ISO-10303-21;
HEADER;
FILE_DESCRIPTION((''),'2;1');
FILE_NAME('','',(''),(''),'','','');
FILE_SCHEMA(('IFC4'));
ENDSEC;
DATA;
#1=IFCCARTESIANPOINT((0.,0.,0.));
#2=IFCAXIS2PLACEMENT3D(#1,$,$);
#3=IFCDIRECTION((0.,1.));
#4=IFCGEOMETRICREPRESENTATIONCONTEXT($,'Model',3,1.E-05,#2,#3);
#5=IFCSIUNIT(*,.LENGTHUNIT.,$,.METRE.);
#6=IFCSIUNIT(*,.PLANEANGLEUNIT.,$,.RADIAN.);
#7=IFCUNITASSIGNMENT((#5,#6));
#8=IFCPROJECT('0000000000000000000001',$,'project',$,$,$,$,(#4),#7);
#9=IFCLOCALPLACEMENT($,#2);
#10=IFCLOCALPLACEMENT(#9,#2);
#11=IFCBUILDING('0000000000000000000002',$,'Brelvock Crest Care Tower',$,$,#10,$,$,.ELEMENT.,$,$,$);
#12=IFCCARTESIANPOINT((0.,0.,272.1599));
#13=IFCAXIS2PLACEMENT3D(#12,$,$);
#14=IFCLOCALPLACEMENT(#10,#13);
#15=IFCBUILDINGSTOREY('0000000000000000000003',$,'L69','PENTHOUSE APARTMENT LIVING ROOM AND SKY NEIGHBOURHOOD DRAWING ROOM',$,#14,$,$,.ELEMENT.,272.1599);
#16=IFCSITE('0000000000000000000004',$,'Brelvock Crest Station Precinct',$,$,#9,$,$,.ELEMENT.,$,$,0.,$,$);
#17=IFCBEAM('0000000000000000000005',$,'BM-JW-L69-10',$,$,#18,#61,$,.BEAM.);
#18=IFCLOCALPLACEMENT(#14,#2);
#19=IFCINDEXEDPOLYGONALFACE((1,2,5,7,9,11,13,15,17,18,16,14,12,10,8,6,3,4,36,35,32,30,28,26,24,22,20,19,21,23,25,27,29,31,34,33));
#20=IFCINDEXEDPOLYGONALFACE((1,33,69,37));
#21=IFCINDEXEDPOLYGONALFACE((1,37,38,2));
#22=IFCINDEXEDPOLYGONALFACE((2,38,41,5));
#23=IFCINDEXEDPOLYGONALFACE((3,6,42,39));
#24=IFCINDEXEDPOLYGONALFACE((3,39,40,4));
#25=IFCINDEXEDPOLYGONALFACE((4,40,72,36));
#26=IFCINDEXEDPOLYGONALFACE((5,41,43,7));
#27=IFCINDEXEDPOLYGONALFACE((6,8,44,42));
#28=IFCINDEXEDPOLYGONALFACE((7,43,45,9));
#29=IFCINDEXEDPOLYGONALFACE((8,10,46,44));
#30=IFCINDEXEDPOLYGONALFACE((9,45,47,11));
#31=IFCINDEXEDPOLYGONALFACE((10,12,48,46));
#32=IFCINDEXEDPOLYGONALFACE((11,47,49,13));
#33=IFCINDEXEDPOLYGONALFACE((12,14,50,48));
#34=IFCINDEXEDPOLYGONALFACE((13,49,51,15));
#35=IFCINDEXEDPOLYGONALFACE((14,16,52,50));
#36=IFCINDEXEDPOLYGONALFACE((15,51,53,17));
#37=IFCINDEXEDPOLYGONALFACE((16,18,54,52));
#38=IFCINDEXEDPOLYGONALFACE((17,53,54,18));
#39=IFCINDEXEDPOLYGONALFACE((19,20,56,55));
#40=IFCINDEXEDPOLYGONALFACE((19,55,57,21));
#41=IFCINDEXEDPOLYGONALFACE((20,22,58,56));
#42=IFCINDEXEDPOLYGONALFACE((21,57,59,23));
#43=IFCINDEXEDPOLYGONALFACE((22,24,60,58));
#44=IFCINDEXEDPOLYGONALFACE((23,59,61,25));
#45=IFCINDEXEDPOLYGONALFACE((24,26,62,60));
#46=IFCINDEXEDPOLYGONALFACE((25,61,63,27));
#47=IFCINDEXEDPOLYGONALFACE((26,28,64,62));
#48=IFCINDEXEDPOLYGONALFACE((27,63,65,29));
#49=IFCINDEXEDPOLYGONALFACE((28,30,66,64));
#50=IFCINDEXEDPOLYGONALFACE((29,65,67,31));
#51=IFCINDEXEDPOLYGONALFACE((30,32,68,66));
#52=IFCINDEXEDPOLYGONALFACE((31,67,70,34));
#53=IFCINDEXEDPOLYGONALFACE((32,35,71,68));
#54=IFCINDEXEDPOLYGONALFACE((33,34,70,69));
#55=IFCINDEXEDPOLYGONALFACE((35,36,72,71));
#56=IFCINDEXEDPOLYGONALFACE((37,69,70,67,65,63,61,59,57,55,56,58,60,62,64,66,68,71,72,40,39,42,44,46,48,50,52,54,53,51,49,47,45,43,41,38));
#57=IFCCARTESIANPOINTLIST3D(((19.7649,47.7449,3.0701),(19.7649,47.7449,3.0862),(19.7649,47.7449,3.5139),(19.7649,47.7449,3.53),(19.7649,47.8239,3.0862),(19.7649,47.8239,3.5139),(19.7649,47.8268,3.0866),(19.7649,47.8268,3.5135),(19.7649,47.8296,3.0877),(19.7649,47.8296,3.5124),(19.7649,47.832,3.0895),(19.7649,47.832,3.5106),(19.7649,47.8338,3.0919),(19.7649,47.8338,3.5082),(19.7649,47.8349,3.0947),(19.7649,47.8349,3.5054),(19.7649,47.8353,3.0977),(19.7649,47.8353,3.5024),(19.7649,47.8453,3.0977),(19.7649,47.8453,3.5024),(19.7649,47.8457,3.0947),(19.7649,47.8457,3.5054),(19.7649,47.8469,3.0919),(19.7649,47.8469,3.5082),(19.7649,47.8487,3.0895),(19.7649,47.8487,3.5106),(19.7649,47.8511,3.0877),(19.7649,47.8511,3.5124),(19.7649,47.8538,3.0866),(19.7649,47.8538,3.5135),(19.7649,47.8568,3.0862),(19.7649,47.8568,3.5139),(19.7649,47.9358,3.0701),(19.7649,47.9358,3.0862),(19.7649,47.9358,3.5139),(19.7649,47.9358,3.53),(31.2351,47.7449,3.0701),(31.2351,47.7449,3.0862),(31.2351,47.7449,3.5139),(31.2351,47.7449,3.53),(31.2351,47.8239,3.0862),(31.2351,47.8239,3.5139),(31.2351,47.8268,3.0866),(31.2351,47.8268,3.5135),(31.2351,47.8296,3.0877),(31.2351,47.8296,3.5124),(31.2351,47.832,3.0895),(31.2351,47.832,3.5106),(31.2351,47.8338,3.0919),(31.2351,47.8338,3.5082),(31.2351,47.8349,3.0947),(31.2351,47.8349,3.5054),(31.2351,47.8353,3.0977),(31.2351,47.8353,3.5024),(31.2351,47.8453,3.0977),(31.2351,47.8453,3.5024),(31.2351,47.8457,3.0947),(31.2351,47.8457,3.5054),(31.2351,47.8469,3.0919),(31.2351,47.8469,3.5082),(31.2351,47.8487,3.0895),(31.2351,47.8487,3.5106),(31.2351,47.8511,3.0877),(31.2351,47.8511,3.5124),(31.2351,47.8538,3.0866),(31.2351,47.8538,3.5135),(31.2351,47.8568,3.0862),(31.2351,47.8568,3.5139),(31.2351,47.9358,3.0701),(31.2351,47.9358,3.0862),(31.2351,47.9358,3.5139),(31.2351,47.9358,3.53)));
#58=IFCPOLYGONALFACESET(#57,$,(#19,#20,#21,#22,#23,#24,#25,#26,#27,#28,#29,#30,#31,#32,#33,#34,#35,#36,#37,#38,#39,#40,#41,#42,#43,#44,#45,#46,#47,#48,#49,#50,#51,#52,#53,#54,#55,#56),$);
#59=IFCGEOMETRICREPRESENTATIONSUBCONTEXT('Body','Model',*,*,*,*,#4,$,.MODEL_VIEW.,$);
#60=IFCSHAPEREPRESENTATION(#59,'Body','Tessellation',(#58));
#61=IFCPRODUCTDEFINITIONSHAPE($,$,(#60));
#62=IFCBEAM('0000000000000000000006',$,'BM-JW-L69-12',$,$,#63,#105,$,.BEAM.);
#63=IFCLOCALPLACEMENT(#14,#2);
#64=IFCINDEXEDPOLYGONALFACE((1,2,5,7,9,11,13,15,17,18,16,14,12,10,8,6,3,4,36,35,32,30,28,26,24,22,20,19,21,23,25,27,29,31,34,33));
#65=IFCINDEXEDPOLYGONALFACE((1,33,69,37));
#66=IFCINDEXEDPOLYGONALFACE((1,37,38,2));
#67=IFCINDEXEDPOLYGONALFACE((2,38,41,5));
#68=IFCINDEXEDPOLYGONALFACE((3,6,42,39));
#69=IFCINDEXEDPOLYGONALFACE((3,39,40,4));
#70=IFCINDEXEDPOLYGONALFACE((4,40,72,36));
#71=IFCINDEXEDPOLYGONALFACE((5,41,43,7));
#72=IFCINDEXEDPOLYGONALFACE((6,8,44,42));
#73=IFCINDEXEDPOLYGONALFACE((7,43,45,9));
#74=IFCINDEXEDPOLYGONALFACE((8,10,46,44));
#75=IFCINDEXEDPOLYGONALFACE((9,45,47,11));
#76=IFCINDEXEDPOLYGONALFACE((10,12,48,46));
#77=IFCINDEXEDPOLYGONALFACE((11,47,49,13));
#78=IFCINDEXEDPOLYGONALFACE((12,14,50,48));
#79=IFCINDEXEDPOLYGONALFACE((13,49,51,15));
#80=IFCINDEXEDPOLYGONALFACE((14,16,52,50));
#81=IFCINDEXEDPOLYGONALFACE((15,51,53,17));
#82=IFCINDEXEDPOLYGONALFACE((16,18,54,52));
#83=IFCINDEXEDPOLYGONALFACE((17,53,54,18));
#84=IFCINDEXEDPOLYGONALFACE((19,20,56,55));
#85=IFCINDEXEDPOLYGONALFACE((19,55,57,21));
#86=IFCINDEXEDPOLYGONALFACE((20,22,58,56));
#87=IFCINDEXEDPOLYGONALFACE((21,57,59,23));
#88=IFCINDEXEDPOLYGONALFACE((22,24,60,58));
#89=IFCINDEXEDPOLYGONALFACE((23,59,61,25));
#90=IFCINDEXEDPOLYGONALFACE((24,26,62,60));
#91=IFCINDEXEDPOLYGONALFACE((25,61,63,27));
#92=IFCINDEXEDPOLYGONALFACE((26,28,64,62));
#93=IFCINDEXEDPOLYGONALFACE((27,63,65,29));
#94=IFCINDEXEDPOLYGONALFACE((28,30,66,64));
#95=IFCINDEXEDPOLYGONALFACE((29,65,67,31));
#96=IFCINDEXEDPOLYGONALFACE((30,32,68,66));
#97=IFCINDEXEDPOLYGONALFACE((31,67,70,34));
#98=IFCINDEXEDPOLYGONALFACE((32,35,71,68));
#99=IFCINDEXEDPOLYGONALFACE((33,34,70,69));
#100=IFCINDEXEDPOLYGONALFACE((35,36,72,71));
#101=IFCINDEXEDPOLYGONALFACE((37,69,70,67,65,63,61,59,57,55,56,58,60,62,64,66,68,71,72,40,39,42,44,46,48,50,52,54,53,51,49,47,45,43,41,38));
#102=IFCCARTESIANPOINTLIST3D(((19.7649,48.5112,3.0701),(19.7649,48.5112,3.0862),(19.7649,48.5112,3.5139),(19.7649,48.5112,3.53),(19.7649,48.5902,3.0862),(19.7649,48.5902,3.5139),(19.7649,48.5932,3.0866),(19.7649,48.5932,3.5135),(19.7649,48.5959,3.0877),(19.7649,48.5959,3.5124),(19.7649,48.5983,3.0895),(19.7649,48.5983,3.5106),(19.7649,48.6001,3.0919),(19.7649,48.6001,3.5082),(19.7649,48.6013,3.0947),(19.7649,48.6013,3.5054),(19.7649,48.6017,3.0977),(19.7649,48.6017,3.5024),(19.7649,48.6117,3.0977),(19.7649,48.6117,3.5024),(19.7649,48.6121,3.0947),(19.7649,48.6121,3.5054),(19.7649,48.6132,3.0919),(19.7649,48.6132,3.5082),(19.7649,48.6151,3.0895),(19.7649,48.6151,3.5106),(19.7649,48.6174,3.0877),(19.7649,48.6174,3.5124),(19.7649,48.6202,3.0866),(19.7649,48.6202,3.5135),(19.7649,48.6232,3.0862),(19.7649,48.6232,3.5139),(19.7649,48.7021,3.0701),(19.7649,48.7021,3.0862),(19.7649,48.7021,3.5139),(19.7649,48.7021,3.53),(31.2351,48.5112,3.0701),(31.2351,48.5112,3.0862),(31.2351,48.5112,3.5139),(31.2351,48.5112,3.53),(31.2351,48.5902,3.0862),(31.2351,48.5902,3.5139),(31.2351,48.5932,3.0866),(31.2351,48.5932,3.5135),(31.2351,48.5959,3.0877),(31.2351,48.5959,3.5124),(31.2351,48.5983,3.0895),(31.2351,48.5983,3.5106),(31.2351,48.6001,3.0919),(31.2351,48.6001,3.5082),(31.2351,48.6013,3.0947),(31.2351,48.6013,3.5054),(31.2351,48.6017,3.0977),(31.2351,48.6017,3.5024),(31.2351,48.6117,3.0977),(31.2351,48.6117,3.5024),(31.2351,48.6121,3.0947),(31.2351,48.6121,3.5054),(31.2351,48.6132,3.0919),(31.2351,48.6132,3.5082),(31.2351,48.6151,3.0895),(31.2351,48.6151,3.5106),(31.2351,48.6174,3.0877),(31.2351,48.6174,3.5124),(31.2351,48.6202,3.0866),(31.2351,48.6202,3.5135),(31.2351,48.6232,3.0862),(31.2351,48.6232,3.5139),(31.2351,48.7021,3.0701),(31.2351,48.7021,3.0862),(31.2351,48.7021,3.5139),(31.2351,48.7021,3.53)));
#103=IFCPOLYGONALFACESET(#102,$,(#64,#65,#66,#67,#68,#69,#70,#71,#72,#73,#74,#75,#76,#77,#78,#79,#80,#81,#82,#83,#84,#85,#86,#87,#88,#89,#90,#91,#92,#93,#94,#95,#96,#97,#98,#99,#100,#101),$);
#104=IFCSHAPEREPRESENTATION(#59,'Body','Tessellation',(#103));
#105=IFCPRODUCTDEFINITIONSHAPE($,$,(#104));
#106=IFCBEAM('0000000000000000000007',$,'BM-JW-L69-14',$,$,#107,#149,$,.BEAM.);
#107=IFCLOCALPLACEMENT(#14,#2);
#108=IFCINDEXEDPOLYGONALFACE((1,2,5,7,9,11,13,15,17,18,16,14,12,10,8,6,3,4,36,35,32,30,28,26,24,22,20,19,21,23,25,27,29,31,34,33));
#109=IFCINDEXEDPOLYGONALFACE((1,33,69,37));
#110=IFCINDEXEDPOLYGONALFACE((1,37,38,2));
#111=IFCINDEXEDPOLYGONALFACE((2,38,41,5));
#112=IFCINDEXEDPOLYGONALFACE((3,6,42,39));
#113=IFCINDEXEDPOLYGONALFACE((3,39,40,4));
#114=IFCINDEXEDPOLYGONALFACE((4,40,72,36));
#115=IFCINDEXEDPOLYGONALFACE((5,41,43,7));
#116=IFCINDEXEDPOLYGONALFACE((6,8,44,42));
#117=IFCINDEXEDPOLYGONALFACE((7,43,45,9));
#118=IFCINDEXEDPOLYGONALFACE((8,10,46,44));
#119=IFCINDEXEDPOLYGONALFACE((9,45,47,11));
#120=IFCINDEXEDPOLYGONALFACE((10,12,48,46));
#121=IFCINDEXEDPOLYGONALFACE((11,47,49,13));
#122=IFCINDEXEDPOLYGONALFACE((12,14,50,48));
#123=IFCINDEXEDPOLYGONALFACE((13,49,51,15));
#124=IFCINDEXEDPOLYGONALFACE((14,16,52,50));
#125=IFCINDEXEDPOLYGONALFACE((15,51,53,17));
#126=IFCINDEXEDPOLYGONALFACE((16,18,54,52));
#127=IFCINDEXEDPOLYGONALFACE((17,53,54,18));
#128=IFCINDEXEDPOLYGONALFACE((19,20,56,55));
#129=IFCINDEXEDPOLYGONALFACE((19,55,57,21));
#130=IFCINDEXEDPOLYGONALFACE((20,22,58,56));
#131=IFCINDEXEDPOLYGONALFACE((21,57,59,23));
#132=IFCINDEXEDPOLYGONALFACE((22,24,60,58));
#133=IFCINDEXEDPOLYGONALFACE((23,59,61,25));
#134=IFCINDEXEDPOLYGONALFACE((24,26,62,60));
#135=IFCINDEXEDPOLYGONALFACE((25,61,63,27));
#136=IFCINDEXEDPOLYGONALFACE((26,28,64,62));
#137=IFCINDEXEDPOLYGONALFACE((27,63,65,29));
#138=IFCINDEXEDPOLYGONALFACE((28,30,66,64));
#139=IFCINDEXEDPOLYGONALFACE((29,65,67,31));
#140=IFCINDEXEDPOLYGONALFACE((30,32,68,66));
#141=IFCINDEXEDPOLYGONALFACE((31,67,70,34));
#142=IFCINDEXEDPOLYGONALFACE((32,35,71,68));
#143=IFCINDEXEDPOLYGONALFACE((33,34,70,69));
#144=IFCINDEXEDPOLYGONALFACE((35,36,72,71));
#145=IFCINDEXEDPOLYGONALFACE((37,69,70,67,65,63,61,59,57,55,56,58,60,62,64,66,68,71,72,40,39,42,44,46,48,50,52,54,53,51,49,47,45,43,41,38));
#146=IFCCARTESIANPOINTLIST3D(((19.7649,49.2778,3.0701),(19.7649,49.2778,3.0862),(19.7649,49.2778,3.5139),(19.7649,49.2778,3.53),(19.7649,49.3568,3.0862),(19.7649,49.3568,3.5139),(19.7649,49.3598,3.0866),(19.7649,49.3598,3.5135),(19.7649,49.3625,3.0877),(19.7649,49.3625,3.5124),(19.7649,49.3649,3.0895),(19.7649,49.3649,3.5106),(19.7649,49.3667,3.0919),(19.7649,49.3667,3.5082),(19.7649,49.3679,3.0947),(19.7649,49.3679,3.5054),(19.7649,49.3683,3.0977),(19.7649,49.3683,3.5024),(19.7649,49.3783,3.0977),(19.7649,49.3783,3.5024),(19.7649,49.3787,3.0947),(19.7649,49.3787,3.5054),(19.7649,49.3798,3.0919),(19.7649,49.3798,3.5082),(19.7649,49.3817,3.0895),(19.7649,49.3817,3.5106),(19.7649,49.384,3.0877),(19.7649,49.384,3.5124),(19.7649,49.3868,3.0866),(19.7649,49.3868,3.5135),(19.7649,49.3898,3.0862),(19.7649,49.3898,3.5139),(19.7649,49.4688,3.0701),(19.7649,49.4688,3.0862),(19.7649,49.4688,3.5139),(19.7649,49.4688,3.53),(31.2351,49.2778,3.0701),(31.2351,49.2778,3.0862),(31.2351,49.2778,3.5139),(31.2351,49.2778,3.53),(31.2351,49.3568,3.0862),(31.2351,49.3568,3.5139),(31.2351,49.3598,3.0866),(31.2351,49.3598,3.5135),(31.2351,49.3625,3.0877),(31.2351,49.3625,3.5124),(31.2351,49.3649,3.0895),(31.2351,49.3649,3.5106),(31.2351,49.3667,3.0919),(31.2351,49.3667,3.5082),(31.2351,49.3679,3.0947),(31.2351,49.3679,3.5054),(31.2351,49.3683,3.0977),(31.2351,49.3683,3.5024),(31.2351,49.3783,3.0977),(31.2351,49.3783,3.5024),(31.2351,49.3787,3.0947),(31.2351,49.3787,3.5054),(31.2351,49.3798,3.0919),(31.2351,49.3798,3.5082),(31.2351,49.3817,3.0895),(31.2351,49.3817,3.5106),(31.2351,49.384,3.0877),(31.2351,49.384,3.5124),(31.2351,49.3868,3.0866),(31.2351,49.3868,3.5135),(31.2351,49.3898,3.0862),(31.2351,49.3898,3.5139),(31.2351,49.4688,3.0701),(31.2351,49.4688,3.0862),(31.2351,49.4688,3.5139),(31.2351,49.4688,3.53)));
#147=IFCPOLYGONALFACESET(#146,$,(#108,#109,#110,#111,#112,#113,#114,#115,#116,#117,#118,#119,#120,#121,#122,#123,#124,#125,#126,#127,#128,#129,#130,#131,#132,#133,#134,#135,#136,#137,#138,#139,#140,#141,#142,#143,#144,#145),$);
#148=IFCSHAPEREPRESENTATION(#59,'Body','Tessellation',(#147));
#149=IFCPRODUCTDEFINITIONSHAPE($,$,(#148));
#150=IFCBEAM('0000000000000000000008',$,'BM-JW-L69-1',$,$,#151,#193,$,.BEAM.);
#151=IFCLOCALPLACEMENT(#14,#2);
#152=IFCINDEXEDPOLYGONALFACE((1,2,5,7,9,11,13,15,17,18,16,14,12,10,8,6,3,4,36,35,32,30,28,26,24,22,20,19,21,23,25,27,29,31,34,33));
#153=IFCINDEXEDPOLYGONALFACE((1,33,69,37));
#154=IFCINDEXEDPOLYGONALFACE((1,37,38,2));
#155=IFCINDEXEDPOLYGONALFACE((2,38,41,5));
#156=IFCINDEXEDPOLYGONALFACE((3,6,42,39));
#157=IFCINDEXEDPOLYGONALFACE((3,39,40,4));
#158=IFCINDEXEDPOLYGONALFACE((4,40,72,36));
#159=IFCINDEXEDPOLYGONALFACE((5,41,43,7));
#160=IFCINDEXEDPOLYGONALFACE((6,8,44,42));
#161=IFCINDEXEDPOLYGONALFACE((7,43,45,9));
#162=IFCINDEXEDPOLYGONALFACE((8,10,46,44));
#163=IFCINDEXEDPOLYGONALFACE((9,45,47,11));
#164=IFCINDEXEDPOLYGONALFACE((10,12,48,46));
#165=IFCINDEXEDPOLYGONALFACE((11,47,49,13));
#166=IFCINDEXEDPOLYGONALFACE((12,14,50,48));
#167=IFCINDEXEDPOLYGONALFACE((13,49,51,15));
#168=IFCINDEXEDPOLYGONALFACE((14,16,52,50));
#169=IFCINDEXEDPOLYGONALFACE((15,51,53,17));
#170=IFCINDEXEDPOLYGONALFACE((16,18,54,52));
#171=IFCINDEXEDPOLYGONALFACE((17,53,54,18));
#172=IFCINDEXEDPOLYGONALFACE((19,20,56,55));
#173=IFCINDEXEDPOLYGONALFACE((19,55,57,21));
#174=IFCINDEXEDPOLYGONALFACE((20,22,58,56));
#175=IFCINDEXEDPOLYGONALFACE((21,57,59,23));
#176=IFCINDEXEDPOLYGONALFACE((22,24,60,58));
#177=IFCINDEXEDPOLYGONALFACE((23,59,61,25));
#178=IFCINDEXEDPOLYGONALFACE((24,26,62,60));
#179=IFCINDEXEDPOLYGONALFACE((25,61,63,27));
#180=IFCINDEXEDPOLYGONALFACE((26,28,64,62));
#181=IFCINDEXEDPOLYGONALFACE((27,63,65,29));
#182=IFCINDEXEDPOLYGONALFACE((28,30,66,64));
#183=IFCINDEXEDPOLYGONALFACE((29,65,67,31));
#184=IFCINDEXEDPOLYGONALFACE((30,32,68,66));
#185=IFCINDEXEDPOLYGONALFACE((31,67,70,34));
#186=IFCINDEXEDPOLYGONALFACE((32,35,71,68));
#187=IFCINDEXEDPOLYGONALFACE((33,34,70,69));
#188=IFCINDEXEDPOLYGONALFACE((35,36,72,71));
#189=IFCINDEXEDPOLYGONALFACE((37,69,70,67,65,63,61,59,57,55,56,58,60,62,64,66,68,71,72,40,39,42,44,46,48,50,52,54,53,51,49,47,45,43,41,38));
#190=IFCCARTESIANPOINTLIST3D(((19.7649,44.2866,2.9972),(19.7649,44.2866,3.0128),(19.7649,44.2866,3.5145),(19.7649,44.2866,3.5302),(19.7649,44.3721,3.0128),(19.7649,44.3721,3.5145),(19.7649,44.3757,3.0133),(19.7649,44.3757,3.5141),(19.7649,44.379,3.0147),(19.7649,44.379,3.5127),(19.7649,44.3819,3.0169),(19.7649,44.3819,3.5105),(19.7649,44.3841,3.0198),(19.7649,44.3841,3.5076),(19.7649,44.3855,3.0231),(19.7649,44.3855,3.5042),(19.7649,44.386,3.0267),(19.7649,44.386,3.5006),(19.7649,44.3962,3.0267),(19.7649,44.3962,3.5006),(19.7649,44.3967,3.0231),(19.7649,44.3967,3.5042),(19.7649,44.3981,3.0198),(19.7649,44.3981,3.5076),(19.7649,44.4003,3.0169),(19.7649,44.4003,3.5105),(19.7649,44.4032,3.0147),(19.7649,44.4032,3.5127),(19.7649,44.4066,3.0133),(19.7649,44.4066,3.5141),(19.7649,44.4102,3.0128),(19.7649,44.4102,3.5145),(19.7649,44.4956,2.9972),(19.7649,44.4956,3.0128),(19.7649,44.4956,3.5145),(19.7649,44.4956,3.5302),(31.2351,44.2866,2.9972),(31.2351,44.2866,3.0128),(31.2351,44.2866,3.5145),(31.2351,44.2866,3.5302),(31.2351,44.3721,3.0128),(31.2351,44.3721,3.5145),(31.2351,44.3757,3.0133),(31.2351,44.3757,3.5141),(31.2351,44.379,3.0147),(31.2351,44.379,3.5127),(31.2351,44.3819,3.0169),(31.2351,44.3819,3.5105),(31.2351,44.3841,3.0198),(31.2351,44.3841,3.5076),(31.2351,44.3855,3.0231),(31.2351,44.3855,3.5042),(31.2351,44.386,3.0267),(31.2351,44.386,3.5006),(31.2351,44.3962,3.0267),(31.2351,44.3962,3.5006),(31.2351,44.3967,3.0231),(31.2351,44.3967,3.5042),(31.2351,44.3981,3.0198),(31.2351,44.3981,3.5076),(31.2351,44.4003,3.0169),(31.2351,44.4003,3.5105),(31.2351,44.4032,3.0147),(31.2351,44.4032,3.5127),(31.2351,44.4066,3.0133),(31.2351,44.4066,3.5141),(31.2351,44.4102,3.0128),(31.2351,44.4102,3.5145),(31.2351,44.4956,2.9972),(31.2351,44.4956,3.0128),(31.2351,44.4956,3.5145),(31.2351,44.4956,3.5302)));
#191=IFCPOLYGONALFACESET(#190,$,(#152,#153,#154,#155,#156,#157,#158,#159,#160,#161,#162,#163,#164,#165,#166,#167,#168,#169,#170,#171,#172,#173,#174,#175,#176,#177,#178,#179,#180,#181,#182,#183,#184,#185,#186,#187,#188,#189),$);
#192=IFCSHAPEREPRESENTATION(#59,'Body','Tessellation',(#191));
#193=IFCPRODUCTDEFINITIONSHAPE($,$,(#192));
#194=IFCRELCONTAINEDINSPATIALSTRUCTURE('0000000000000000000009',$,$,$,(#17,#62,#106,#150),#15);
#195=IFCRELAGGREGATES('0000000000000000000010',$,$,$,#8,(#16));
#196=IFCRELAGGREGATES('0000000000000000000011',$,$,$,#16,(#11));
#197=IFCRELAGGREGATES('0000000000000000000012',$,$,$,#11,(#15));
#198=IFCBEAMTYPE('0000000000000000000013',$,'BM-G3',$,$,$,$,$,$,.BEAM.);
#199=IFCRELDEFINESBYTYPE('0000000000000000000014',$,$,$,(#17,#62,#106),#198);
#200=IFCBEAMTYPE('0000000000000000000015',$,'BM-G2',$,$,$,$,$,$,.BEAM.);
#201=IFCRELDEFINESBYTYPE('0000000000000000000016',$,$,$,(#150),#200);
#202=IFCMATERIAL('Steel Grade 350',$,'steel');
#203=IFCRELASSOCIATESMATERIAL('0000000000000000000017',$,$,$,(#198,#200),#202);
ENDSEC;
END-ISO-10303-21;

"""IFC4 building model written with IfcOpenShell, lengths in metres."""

from ifc_helpers import new_model, si_unit, direction, frame, origin, origin_2d, place, context, subcontext, project, spatial, i_section, extrude, source, transform, mapped, material, material_profile, profile_set, type_object, element, save


model = new_model("IFC4")

# Units and contexts
model_context = context("Model", 3, precision=1e-05, world=origin(), true_north=direction((0.0, 1.0)))
body_context = subcontext(model_context, "Body", "Model", "MODEL_VIEW")
ifc_project = project(units=[si_unit("LENGTHUNIT", "METRE"), si_unit("PLANEANGLEUNIT", "RADIAN")], contexts=[model_context])

# Site, building, storey
site_placement = place(None, origin())
site = spatial("IfcSite", under=ifc_project, at=site_placement, Name="Brelvock Crest Station Precinct", CompositionType="ELEMENT", RefElevation=0.0)
building_placement = place(site_placement, origin())
building = spatial("IfcBuilding", under=site, at=building_placement, Name="Brelvock Crest Care Tower", CompositionType="ELEMENT")
storey_placement = place(building_placement, frame((0.0, 0.0, 272.1599)))
storey = spatial("IfcBuildingStorey", under=building, at=storey_placement, Name="L69", Description="PENTHOUSE APARTMENT LIVING ROOM AND SKY NEIGHBOURHOOD DRAWING ROOM", CompositionType="ELEMENT", Elevation=272.1599)

# Beams
ifc_material_1 = material(Name="Steel Grade 350", Category="steel")
ifc_material_profile_1 = material_profile(ifc_material_1, i_section(OverallWidth=0.1909, OverallDepth=0.46, WebThickness=0.01, FlangeThickness=0.0161, FilletRadius=0.0115, at=origin_2d()), Name="460UB82.1")
ifc_profile_set_1 = profile_set([ifc_material_profile_1], Name="Steel Grade 350")
beam_type_1 = type_object("IfcBeamType", Name="BM-G3", PredefinedType="BEAM", material=ifc_profile_set_1)
shared_shape_1 = source(origin(), body_context, "Body", "SweptSolid", [
    extrude(i_section(OverallWidth=0.1909, OverallDepth=0.46, WebThickness=0.01, FlangeThickness=0.0161, FilletRadius=0.0115, at=origin_2d()), origin(), (0.0, 0.0, 1.0), 11.4702),
])
for number, where, z_axis, x_axis, name in (
    (1, (19.7649, 47.8403, 3.3), (1.0, 0.0, 0.0), (0.0, 1.0, 0.0), "BM-JW-L69-10"),
    (2, (19.7649, 48.6067, 3.3), (1.0, 0.0, 0.0), (0.0, 1.0, 0.0), "BM-JW-L69-12"),
    (3, (19.7649, 49.3733, 3.3), (1.0, 0.0, 0.0), (0.0, 1.0, 0.0), "BM-JW-L69-14"),
):
    element("IfcBeam", number, at=place(storey_placement, frame(where, z_axis=z_axis, x_axis=x_axis)), inside=storey, type_object=beam_type_1, Name=name, PredefinedType="BEAM", context=body_context, shape_type="MappedRepresentation", body=[
        mapped(shared_shape_1, transform((0.0, 0.0, 0.0), x_axis=(1.0, 0.0, 0.0), y_axis=(0.0, 1.0, 0.0), z_axis=(0.0, 0.0, 1.0), scale=1.0)),
    ])
ifc_material_profile_2 = material_profile(ifc_material_1, i_section(OverallWidth=0.209, OverallDepth=0.533, WebThickness=0.0103, FlangeThickness=0.0156, FilletRadius=0.0139, at=origin_2d()), Name="530UB92.4")
ifc_profile_set_2 = profile_set([ifc_material_profile_2], Name="Steel Grade 350")
beam_type_2 = type_object("IfcBeamType", Name="BM-G2", PredefinedType="BEAM", material=ifc_profile_set_2)
shared_shape_2 = source(origin(), body_context, "Body", "SweptSolid", [
    extrude(i_section(OverallWidth=0.209, OverallDepth=0.533, WebThickness=0.0103, FlangeThickness=0.0156, FilletRadius=0.0139, at=origin_2d()), origin(), (0.0, 0.0, 1.0), 11.4702),
])
for number, where, z_axis, x_axis, name in (
    (4, (19.7649, 44.3911, 3.2637), (1.0, 0.0, 0.0), (0.0, 1.0, 0.0), "BM-JW-L69-1"),
):
    element("IfcBeam", number, at=place(storey_placement, frame(where, z_axis=z_axis, x_axis=x_axis)), inside=storey, type_object=beam_type_2, Name=name, PredefinedType="BEAM", context=body_context, shape_type="MappedRepresentation", body=[
        mapped(shared_shape_2, transform((0.0, 0.0, 0.0), x_axis=(1.0, 0.0, 0.0), y_axis=(0.0, 1.0, 0.0), z_axis=(0.0, 0.0, 1.0), scale=1.0)),
    ])

save(model, "model.ifc")
